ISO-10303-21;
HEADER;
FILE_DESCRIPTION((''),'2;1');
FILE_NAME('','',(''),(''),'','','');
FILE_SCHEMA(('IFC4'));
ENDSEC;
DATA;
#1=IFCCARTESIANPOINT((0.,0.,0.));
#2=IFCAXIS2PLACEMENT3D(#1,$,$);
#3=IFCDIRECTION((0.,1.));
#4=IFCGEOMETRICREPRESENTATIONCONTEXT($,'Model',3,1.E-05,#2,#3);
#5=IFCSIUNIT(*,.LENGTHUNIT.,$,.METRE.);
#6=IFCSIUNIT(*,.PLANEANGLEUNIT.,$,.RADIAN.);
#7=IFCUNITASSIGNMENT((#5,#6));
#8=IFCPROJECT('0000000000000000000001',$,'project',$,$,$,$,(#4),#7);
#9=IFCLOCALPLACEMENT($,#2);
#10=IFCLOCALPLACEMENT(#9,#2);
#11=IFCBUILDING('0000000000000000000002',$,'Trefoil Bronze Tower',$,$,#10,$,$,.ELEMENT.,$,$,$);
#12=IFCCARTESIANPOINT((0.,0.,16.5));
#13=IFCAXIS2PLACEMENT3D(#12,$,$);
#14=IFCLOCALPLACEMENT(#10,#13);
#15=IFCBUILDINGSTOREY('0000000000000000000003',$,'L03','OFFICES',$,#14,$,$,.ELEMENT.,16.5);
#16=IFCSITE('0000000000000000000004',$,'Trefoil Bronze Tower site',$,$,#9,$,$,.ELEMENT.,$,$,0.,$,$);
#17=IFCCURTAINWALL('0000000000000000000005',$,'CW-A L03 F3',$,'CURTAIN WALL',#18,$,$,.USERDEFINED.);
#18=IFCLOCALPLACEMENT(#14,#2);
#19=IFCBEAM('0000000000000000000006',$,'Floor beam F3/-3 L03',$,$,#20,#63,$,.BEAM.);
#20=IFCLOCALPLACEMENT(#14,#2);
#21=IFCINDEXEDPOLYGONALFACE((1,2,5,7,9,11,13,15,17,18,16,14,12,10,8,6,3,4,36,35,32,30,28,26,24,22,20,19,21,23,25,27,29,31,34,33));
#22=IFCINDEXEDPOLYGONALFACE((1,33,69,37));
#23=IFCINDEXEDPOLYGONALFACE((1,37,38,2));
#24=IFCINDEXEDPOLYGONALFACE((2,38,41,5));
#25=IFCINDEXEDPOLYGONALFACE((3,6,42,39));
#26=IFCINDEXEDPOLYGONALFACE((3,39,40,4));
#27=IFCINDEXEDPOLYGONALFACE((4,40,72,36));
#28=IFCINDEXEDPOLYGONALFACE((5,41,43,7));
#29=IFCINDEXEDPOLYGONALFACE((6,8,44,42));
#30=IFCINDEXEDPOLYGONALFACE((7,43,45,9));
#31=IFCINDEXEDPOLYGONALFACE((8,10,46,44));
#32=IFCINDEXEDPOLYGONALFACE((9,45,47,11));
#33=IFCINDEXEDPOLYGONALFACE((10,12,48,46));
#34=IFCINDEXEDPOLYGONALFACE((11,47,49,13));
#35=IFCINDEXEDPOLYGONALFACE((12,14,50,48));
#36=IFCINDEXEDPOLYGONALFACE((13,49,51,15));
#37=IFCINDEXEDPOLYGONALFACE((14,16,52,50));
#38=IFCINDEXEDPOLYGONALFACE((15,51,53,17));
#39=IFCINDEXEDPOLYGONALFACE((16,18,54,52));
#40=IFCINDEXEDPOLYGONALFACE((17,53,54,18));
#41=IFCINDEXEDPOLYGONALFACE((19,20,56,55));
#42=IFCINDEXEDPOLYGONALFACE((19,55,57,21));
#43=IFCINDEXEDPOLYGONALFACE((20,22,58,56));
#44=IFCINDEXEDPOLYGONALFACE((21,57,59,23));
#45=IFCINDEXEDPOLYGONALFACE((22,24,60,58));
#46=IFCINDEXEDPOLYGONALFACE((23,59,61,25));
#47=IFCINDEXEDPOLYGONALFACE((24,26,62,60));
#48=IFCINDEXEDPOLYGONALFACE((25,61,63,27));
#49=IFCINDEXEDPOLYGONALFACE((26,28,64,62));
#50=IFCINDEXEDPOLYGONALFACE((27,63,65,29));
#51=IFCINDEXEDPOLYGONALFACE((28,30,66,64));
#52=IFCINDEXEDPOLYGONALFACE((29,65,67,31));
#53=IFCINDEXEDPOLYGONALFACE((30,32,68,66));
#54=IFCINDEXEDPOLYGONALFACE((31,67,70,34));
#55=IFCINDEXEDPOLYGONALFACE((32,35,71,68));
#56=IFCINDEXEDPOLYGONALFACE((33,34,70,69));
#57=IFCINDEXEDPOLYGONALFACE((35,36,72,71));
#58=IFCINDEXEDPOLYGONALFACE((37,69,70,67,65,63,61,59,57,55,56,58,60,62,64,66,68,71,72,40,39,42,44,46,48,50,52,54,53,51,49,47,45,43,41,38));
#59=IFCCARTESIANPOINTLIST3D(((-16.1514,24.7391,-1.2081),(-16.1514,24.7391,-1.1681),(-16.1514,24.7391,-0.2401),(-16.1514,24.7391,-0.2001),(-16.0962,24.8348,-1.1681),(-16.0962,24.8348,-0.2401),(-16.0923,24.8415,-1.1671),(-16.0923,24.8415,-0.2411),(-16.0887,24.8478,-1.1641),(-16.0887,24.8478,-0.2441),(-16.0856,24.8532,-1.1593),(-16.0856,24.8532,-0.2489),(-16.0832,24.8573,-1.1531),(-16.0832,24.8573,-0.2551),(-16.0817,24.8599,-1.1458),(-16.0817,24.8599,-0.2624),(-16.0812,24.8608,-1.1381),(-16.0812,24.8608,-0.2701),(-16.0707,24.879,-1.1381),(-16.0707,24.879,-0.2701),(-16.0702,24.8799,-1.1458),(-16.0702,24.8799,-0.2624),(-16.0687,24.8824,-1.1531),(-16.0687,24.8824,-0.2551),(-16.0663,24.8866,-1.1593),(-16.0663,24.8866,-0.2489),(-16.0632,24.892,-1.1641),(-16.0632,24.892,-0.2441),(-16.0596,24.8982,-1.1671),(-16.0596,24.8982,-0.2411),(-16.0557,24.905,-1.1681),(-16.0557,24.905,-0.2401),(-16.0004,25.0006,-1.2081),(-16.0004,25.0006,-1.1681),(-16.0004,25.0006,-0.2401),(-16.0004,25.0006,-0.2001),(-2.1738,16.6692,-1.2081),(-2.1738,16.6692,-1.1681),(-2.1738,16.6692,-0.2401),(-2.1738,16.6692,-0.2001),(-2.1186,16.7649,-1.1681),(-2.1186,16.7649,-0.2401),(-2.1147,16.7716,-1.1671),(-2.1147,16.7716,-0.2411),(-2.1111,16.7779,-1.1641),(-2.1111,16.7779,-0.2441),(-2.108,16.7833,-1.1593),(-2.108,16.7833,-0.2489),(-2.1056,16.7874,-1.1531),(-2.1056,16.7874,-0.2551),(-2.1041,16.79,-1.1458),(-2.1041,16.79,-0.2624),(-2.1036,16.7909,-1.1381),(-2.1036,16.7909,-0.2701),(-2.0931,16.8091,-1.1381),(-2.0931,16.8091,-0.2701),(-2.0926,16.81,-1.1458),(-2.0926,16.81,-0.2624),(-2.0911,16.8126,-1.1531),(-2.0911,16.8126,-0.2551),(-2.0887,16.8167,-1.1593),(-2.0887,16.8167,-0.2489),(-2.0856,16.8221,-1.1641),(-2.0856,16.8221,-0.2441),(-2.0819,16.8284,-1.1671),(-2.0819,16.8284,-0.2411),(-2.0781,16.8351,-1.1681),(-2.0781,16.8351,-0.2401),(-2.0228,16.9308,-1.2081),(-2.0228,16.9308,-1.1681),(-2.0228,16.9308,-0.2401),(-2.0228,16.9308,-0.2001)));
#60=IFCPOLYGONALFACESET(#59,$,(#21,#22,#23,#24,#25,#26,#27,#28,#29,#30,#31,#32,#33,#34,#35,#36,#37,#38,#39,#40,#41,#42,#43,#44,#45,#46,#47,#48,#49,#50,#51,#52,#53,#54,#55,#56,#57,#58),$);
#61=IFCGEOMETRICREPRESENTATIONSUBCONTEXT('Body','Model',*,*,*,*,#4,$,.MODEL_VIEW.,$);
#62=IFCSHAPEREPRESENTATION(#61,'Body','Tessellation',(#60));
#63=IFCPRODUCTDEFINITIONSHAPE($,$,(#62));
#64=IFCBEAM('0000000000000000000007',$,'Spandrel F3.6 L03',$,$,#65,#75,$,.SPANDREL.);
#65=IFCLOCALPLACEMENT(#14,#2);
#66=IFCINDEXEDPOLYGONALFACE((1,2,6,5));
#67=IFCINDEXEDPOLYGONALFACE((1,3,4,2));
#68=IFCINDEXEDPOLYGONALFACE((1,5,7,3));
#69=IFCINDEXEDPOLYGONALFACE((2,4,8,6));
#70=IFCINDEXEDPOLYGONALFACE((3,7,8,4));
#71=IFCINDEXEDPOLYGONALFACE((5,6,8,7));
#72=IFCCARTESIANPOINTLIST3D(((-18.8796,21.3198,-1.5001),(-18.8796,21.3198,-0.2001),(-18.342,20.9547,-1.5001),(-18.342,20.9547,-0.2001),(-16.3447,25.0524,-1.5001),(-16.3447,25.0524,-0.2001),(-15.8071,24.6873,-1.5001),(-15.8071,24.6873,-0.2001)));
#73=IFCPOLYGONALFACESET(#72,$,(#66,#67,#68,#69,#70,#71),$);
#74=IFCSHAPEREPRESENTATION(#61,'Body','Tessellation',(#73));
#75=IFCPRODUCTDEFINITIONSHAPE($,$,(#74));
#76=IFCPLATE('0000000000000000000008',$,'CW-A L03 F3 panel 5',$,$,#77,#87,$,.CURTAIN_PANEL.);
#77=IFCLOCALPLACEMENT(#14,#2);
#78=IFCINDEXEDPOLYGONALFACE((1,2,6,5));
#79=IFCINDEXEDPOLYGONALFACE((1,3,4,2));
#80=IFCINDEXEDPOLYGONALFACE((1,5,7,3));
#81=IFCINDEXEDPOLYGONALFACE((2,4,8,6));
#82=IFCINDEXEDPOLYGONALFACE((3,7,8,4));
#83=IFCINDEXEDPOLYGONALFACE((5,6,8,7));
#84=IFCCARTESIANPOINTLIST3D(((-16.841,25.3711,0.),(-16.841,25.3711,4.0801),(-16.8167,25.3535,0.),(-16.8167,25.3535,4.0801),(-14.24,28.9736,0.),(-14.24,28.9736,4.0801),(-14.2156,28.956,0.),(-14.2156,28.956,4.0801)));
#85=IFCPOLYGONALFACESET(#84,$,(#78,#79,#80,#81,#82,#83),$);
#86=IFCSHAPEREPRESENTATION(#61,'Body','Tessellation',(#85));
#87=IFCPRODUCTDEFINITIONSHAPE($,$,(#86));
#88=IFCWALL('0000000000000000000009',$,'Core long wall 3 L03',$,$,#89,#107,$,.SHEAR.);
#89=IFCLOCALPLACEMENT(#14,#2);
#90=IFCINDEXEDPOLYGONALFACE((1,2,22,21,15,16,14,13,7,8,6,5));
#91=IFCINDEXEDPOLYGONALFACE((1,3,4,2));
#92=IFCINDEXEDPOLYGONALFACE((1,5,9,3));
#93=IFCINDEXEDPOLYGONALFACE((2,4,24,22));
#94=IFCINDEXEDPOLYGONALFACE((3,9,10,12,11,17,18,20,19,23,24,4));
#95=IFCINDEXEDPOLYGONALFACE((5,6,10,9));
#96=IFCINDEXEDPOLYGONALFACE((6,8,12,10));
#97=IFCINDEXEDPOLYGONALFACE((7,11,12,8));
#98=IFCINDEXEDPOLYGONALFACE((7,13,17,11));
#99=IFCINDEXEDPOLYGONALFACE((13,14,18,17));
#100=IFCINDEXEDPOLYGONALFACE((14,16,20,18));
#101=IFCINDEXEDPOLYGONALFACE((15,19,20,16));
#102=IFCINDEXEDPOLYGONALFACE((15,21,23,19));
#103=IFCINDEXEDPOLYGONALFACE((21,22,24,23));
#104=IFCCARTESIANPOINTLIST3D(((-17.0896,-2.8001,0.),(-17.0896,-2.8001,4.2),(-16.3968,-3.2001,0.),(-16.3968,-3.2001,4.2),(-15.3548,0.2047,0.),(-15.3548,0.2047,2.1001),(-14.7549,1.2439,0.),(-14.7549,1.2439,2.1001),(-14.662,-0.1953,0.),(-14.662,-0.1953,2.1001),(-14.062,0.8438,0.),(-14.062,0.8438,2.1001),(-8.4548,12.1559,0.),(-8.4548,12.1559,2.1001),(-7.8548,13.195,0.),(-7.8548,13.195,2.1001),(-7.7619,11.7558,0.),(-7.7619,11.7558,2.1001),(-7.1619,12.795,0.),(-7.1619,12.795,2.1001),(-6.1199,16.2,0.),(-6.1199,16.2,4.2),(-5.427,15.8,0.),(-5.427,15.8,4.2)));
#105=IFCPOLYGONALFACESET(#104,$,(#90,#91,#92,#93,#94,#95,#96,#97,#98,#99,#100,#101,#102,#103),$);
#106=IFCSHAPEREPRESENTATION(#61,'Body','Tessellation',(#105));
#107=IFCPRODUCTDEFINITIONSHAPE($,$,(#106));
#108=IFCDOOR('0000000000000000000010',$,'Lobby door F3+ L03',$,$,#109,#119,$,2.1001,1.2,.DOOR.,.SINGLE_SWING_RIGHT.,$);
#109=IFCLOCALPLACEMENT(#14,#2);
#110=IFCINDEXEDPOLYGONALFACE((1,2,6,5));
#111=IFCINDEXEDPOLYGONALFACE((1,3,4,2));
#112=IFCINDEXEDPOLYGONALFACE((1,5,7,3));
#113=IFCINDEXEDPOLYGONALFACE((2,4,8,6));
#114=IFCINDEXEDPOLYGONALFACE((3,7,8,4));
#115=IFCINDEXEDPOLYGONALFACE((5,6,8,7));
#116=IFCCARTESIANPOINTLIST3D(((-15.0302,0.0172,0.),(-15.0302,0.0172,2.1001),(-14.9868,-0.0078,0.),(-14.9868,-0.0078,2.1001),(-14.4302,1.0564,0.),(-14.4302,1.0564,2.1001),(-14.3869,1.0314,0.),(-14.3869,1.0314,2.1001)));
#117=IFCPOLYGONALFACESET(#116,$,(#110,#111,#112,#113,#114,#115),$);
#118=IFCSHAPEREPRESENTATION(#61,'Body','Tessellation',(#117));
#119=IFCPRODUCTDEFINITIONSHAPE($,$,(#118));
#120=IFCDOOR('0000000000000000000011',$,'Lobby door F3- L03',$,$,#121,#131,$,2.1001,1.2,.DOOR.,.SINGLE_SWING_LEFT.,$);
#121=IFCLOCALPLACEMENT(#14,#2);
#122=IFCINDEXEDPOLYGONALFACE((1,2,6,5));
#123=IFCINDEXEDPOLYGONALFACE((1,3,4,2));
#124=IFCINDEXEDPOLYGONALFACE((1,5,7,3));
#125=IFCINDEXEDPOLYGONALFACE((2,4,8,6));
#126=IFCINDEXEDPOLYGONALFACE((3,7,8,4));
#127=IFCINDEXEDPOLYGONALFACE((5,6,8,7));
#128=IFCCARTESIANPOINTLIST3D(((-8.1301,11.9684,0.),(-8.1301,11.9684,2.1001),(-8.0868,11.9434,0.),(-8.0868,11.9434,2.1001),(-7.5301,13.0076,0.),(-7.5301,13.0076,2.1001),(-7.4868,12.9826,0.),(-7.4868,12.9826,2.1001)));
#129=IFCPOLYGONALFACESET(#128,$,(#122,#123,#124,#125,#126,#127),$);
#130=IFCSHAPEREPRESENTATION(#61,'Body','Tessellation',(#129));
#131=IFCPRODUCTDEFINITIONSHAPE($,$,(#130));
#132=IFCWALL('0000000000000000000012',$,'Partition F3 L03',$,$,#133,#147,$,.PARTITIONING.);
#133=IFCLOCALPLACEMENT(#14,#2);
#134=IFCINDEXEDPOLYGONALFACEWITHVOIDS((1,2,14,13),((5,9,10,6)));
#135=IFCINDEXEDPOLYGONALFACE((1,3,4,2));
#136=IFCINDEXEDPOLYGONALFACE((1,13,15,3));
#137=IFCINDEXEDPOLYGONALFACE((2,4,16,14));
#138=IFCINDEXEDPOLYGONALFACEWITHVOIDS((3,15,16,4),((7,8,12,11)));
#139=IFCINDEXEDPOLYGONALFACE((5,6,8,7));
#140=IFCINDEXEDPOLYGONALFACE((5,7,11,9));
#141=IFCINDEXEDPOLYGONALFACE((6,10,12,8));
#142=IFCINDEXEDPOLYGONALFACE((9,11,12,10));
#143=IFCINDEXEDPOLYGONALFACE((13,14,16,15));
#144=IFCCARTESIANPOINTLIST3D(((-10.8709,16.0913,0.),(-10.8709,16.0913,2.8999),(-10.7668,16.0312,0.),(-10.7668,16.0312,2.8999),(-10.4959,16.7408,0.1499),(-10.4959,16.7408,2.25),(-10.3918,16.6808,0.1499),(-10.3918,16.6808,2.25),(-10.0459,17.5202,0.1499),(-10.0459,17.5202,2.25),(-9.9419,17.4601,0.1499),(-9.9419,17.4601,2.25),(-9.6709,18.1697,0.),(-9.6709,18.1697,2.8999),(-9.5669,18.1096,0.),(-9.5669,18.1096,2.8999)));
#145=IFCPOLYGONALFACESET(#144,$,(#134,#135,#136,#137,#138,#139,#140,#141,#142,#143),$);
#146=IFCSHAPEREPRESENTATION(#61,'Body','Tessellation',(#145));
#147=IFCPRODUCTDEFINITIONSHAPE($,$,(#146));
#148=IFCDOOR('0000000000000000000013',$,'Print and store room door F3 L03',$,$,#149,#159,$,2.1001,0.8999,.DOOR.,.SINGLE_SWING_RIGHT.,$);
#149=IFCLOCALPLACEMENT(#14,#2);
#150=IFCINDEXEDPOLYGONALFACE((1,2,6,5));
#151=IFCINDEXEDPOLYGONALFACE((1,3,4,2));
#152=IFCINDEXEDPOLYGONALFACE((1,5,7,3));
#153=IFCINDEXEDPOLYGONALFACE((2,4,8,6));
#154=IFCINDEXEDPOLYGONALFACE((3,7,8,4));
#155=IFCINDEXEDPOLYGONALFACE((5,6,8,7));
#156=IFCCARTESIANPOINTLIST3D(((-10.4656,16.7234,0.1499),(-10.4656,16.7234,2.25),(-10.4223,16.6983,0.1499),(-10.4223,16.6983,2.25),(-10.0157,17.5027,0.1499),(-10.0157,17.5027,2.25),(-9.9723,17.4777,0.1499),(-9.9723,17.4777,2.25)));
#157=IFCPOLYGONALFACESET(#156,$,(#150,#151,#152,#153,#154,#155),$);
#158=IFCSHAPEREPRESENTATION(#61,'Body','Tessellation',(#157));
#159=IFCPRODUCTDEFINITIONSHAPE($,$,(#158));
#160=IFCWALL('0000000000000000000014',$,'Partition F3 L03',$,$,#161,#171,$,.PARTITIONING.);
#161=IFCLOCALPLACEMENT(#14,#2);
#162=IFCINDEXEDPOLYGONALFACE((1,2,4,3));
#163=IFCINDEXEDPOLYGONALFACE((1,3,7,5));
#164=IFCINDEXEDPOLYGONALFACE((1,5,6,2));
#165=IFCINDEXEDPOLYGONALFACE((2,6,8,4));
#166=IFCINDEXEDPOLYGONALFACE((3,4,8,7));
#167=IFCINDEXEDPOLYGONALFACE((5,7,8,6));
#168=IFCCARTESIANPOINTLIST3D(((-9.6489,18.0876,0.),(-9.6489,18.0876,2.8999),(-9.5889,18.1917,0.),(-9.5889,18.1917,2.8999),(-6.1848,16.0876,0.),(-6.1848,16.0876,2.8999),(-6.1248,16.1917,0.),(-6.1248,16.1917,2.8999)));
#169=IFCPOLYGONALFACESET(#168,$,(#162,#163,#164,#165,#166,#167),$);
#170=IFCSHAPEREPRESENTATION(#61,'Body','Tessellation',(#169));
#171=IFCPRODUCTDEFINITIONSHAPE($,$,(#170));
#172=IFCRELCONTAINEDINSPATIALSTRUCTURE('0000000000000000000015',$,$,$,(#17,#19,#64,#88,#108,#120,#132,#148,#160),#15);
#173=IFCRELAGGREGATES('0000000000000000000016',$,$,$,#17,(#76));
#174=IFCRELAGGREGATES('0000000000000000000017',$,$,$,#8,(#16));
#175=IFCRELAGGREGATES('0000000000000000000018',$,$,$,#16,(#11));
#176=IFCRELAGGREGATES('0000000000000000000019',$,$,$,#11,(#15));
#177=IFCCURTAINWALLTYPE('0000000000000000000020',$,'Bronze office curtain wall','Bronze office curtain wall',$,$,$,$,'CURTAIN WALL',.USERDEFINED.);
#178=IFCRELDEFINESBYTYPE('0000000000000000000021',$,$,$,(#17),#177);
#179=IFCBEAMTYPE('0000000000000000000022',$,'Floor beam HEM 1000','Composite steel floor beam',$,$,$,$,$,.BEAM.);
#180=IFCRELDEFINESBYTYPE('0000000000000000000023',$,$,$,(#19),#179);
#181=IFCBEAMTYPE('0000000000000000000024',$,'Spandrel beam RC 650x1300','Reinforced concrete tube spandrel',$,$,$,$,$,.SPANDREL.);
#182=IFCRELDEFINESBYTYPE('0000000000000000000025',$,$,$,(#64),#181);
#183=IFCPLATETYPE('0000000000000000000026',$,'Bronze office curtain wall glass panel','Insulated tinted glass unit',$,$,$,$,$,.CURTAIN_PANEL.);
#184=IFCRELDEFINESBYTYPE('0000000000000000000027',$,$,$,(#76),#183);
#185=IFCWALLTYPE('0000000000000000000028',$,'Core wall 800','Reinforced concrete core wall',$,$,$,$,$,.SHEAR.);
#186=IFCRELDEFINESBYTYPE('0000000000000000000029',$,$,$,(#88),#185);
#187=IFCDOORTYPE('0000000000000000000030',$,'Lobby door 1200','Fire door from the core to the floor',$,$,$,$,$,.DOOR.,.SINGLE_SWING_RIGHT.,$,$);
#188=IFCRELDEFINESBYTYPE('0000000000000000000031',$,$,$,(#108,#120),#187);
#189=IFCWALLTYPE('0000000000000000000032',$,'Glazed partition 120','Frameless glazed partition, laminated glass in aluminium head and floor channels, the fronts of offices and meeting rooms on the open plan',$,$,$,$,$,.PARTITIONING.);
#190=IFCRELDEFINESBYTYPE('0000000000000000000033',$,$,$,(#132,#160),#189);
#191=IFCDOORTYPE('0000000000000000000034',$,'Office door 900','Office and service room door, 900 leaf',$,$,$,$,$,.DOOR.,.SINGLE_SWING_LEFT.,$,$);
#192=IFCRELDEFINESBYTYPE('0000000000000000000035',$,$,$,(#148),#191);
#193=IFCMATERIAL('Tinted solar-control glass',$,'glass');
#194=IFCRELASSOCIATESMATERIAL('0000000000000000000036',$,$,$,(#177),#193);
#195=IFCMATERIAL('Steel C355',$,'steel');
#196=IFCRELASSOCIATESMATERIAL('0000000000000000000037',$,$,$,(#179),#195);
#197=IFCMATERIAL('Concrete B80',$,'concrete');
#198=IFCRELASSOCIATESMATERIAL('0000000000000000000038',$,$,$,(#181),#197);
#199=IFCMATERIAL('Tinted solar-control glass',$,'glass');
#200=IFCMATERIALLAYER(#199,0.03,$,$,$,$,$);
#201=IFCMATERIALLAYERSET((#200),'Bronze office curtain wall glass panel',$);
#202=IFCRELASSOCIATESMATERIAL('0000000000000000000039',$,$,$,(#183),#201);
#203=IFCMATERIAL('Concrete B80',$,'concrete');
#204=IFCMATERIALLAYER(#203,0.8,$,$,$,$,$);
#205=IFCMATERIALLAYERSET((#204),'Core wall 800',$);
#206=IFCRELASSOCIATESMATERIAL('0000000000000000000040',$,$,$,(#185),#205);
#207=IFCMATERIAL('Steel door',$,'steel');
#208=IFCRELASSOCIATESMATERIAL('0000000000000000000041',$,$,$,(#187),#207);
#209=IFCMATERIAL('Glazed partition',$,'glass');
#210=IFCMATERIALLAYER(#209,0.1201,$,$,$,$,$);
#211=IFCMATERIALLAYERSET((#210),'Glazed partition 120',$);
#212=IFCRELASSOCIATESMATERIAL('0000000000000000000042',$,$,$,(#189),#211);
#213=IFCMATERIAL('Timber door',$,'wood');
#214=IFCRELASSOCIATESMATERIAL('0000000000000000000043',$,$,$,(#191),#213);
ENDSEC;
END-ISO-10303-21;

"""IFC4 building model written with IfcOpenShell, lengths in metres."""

from ifc_helpers import new_model, si_unit, direction, frame, frame_2d, origin, origin_2d, place, context, subcontext, project, spatial, rectangle, i_section, extrude, material, layer, layer_set, material_profile, profile_set, type_object, element, fill, aggregate, save


model = new_model("IFC4")

# Units and contexts
model_context = context("Model", 3, precision=1e-05, world=origin(), true_north=direction((0.0, 1.0)))
body_context = subcontext(model_context, "Body", "Model", "MODEL_VIEW")
ifc_project = project(units=[si_unit("LENGTHUNIT", "METRE"), si_unit("PLANEANGLEUNIT", "RADIAN")], contexts=[model_context])

# Site, building, storey
site_placement = place(None, origin())
site = spatial("IfcSite", under=ifc_project, at=site_placement, Name="Trefoil Bronze Tower site", CompositionType="ELEMENT", RefElevation=0.0)
building_placement = place(site_placement, origin())
building = spatial("IfcBuilding", under=site, at=building_placement, Name="Trefoil Bronze Tower", CompositionType="ELEMENT")
storey_placement = place(building_placement, frame((0.0, 0.0, 16.5)))
storey = spatial("IfcBuildingStorey", under=building, at=storey_placement, Name="L03", Description="OFFICES", CompositionType="ELEMENT", Elevation=16.5)

# Curtain wall
ifc_material_1 = material(Name="Tinted solar-control glass", Category="glass")
curtain_wall_type = type_object("IfcCurtainWallType", Name="Bronze office curtain wall", Description="Bronze office curtain wall", ElementType="CURTAIN WALL", PredefinedType="USERDEFINED", material=ifc_material_1)
curtain_wall_placement = place(storey_placement, origin())
curtain_wall = element("IfcCurtainWall", 1, at=curtain_wall_placement, inside=storey, type_object=curtain_wall_type, Name="CW-A L03 F3", ObjectType="CURTAIN WALL", PredefinedType="USERDEFINED")

# Beams
ifc_material_2 = material(Name="Steel C355", Category="steel")
ifc_material_profile_1 = material_profile(ifc_material_2, i_section(OverallWidth=0.302, OverallDepth=1.0081, WebThickness=0.021, FlangeThickness=0.04, FilletRadius=0.03, at=origin_2d()), Name="HEM 1000")
ifc_profile_set_1 = profile_set([ifc_material_profile_1], Name="Steel C355")
beam_type_1 = type_object("IfcBeamType", Name="Floor beam HEM 1000", Description="Composite steel floor beam", PredefinedType="BEAM", material=ifc_profile_set_1)
beam_1_placement = place(storey_placement, frame((-16.0759, 24.8699, -0.7041), z_axis=(0.866028, -0.499995, 0.0), x_axis=(0.499995, 0.866028, 0.0)))
element("IfcBeam", 2, at=beam_1_placement, inside=storey, type_object=beam_type_1, Name="Floor beam F3/-3 L03", PredefinedType="BEAM", context=body_context, shape_type="SweptSolid", body=[
    extrude(i_section(OverallWidth=0.302, OverallDepth=1.0081, WebThickness=0.021, FlangeThickness=0.04, FilletRadius=0.03, at=origin_2d()), origin(), (0.0, 0.0, 1.0), 16.1399),
])
ifc_material_3 = material(Name="Concrete B80", Category="concrete")
ifc_material_profile_2 = material_profile(ifc_material_3, rectangle(XDim=0.6499, YDim=1.3, at=origin_2d()), Name="RC 650x1300")
ifc_profile_set_2 = profile_set([ifc_material_profile_2], Name="Concrete B80")
beam_type_2 = type_object("IfcBeamType", Name="Spandrel beam RC 650x1300", Description="Reinforced concrete tube spandrel", PredefinedType="SPANDREL", material=ifc_profile_set_2)
beam_2_placement = place(storey_placement, frame((-16.0759, 24.8699, -0.8501), z_axis=(-0.56181, -0.827267, 0.0), x_axis=(0.827267, -0.56181, 0.0)))
element("IfcBeam", 3, at=beam_2_placement, inside=storey, type_object=beam_type_2, Name="Spandrel F3.6 L03", PredefinedType="SPANDREL", context=body_context, shape_type="SweptSolid", body=[
    extrude(rectangle(XDim=0.6499, YDim=1.3, at=origin_2d()), origin(), (0.0, 0.0, 1.0), 4.512),
])

# Plate
ifc_material_4 = material(Name="Tinted solar-control glass", Category="glass")
ifc_layer_1 = layer(ifc_material_4, 0.03)
ifc_layer_set_1 = layer_set([ifc_layer_1], Name="Bronze office curtain wall glass panel")
plate_type = type_object("IfcPlateType", Name="Bronze office curtain wall glass panel", Description="Insulated tinted glass unit", PredefinedType="CURTAIN_PANEL", material=ifc_layer_set_1)
plate_placement = place(storey_placement, frame((-15.5283, 27.1636, 0.0), z_axis=(0.0, 0.0, 1.0), x_axis=(-0.585373, -0.810764, 0.0)))
plate = element("IfcPlate", 4, at=plate_placement, type_object=plate_type, Name="CW-A L03 F3 panel 5", PredefinedType="CURTAIN_PANEL", context=body_context, shape_type="SweptSolid", body=[
    extrude(rectangle(XDim=4.4434, YDim=0.03, at=origin_2d()), origin(), (0.0, 0.0, 1.0), 4.0801),
])
aggregate(curtain_wall, [plate])

# Wall, openings, doors
ifc_material_5 = material(Name="Concrete B80", Category="concrete")
ifc_layer_2 = layer(ifc_material_5, 0.8)
ifc_layer_set_2 = layer_set([ifc_layer_2], Name="Core wall 800")
wall_type_1 = type_object("IfcWallType", Name="Core wall 800", Description="Reinforced concrete core wall", PredefinedType="SHEAR", material=ifc_layer_set_2)
wall_1_placement = place(storey_placement, frame((-5.7734, 16.0, 0.0), z_axis=(0.0, 0.0, 1.0), x_axis=(-0.500002, -0.866024, 0.0)))
wall_1 = element("IfcWall", 5, at=wall_1_placement, inside=storey, type_object=wall_type_1, Name="Core long wall 3 L03", PredefinedType="SHEAR", context=body_context, shape_type="SweptSolid", body=[
    extrude(rectangle(XDim=21.9395, YDim=0.8, at=frame_2d((10.9697, 0.0))), origin(), (0.0, 0.0, 1.0), 4.2),
])
opening_1_placement = place(wall_1_placement, frame((17.2698, 0.0, 0.0)))
opening_1 = element("IfcOpeningElement", 6, at=opening_1_placement, cuts=wall_1, PredefinedType="OPENING", context=body_context, shape_type="SweptSolid", body=[
    extrude(rectangle(XDim=1.2, YDim=2.1001, at=frame_2d((0.6001, 1.05))), frame((0.0, 0.4099, 0.0), z_axis=(0.0, -1.0, 0.0), x_axis=(1.0, 0.0, 0.0)), (0.0, 0.0, 1.0), 0.8201),
])
opening_2_placement = place(wall_1_placement, frame((3.4697, 0.0, 0.0)))
opening_2 = element("IfcOpeningElement", 7, at=opening_2_placement, cuts=wall_1, PredefinedType="OPENING", context=body_context, shape_type="SweptSolid", body=[
    extrude(rectangle(XDim=1.2, YDim=2.1001, at=frame_2d((0.6001, 1.05))), frame((0.0, 0.4099, 0.0), z_axis=(0.0, -1.0, 0.0), x_axis=(1.0, 0.0, 0.0)), (0.0, 0.0, 1.0), 0.8201),
])
ifc_material_6 = material(Name="Steel door", Category="steel")
door_type_1 = type_object("IfcDoorType", Name="Lobby door 1200", Description="Fire door from the core to the floor", OperationType="SINGLE_SWING_RIGHT", PredefinedType="DOOR", material=ifc_material_6)
door_1_placement = place(opening_1_placement, origin())
door_1 = element("IfcDoor", 8, at=door_1_placement, inside=storey, type_object=door_type_1, Name="Lobby door F3+ L03", OperationType="SINGLE_SWING_RIGHT", OverallHeight=2.1001, OverallWidth=1.2, PredefinedType="DOOR", context=body_context, shape_type="SweptSolid", body=[
    extrude(rectangle(XDim=1.2, YDim=2.1001, at=frame_2d((0.6001, 1.05))), frame((0.0, 0.0249, 0.0), z_axis=(0.0, -1.0, 0.0), x_axis=(1.0, 0.0, 0.0)), (0.0, 0.0, 1.0), 0.05),
])
fill(opening_1, door_1)
door_2_placement = place(opening_2_placement, origin())
door_2 = element("IfcDoor", 9, at=door_2_placement, inside=storey, type_object=door_type_1, Name="Lobby door F3- L03", OperationType="SINGLE_SWING_LEFT", OverallHeight=2.1001, OverallWidth=1.2, PredefinedType="DOOR", context=body_context, shape_type="SweptSolid", body=[
    extrude(rectangle(XDim=1.2, YDim=2.1001, at=frame_2d((0.6001, 1.05))), frame((0.0, 0.0249, 0.0), z_axis=(0.0, -1.0, 0.0), x_axis=(1.0, 0.0, 0.0)), (0.0, 0.0, 1.0), 0.05),
])
fill(opening_2, door_2)

# Wall, opening, door
ifc_material_7 = material(Name="Glazed partition", Category="glass")
ifc_layer_3 = layer(ifc_material_7, 0.1201)
ifc_layer_set_3 = layer_set([ifc_layer_3], Name="Glazed partition 120")
wall_type_2 = type_object("IfcWallType", Name="Glazed partition 120", Description="Frameless glazed partition, laminated glass in aluminium head and floor channels, the fronts of offices and meeting rooms on the open plan", PredefinedType="PARTITIONING", material=ifc_layer_set_3)
wall_2_placement = place(storey_placement, frame((-9.6189, 18.1396, 0.0), z_axis=(0.0, 0.0, 1.0), x_axis=(-0.500001, -0.866025, 0.0)))
wall_2 = element("IfcWall", 10, at=wall_2_placement, inside=storey, type_object=wall_type_2, Name="Partition F3 L03", PredefinedType="PARTITIONING", context=body_context, shape_type="SweptSolid", body=[
    extrude(rectangle(XDim=2.3999, YDim=0.1201, at=frame_2d((1.2, 0.0))), origin(), (0.0, 0.0, 1.0), 2.8999),
])
opening_3_placement = place(wall_2_placement, frame((0.75, 0.0, 0.1499)))
opening_3 = element("IfcOpeningElement", 11, at=opening_3_placement, cuts=wall_2, PredefinedType="OPENING", context=body_context, shape_type="SweptSolid", body=[
    extrude(rectangle(XDim=0.8999, YDim=2.1001, at=frame_2d((0.45, 1.05))), frame((0.0, 0.0701, 0.0), z_axis=(0.0, -1.0, 0.0), x_axis=(1.0, 0.0, 0.0)), (0.0, 0.0, 1.0), 0.1401),
])
ifc_material_8 = material(Name="Timber door", Category="wood")
door_type_2 = type_object("IfcDoorType", Name="Office door 900", Description="Office and service room door, 900 leaf", OperationType="SINGLE_SWING_LEFT", PredefinedType="DOOR", material=ifc_material_8)
door_3_placement = place(opening_3_placement, origin())
door_3 = element("IfcDoor", 12, at=door_3_placement, inside=storey, type_object=door_type_2, Name="Print and store room door F3 L03", OperationType="SINGLE_SWING_RIGHT", OverallHeight=2.1001, OverallWidth=0.8999, PredefinedType="DOOR", context=body_context, shape_type="SweptSolid", body=[
    extrude(rectangle(XDim=0.8999, YDim=2.1001, at=frame_2d((0.45, 1.05))), frame((0.0, 0.0249, 0.0), z_axis=(0.0, -1.0, 0.0), x_axis=(1.0, 0.0, 0.0)), (0.0, 0.0, 1.0), 0.05),
])
fill(opening_3, door_3)

# Wall
wall_3_placement = place(storey_placement, frame((-6.1548, 16.1396, 0.0), z_axis=(0.0, 0.0, 1.0), x_axis=(-0.866026, 0.499999, 0.0)))
element("IfcWall", 13, at=wall_3_placement, inside=storey, type_object=wall_type_2, Name="Partition F3 L03", PredefinedType="PARTITIONING", context=body_context, shape_type="SweptSolid", body=[
    extrude(rectangle(XDim=4.0, YDim=0.1201, at=frame_2d((2.0, 0.0))), origin(), (0.0, 0.0, 1.0), 2.8999),
])

save(model, "model.ifc")
